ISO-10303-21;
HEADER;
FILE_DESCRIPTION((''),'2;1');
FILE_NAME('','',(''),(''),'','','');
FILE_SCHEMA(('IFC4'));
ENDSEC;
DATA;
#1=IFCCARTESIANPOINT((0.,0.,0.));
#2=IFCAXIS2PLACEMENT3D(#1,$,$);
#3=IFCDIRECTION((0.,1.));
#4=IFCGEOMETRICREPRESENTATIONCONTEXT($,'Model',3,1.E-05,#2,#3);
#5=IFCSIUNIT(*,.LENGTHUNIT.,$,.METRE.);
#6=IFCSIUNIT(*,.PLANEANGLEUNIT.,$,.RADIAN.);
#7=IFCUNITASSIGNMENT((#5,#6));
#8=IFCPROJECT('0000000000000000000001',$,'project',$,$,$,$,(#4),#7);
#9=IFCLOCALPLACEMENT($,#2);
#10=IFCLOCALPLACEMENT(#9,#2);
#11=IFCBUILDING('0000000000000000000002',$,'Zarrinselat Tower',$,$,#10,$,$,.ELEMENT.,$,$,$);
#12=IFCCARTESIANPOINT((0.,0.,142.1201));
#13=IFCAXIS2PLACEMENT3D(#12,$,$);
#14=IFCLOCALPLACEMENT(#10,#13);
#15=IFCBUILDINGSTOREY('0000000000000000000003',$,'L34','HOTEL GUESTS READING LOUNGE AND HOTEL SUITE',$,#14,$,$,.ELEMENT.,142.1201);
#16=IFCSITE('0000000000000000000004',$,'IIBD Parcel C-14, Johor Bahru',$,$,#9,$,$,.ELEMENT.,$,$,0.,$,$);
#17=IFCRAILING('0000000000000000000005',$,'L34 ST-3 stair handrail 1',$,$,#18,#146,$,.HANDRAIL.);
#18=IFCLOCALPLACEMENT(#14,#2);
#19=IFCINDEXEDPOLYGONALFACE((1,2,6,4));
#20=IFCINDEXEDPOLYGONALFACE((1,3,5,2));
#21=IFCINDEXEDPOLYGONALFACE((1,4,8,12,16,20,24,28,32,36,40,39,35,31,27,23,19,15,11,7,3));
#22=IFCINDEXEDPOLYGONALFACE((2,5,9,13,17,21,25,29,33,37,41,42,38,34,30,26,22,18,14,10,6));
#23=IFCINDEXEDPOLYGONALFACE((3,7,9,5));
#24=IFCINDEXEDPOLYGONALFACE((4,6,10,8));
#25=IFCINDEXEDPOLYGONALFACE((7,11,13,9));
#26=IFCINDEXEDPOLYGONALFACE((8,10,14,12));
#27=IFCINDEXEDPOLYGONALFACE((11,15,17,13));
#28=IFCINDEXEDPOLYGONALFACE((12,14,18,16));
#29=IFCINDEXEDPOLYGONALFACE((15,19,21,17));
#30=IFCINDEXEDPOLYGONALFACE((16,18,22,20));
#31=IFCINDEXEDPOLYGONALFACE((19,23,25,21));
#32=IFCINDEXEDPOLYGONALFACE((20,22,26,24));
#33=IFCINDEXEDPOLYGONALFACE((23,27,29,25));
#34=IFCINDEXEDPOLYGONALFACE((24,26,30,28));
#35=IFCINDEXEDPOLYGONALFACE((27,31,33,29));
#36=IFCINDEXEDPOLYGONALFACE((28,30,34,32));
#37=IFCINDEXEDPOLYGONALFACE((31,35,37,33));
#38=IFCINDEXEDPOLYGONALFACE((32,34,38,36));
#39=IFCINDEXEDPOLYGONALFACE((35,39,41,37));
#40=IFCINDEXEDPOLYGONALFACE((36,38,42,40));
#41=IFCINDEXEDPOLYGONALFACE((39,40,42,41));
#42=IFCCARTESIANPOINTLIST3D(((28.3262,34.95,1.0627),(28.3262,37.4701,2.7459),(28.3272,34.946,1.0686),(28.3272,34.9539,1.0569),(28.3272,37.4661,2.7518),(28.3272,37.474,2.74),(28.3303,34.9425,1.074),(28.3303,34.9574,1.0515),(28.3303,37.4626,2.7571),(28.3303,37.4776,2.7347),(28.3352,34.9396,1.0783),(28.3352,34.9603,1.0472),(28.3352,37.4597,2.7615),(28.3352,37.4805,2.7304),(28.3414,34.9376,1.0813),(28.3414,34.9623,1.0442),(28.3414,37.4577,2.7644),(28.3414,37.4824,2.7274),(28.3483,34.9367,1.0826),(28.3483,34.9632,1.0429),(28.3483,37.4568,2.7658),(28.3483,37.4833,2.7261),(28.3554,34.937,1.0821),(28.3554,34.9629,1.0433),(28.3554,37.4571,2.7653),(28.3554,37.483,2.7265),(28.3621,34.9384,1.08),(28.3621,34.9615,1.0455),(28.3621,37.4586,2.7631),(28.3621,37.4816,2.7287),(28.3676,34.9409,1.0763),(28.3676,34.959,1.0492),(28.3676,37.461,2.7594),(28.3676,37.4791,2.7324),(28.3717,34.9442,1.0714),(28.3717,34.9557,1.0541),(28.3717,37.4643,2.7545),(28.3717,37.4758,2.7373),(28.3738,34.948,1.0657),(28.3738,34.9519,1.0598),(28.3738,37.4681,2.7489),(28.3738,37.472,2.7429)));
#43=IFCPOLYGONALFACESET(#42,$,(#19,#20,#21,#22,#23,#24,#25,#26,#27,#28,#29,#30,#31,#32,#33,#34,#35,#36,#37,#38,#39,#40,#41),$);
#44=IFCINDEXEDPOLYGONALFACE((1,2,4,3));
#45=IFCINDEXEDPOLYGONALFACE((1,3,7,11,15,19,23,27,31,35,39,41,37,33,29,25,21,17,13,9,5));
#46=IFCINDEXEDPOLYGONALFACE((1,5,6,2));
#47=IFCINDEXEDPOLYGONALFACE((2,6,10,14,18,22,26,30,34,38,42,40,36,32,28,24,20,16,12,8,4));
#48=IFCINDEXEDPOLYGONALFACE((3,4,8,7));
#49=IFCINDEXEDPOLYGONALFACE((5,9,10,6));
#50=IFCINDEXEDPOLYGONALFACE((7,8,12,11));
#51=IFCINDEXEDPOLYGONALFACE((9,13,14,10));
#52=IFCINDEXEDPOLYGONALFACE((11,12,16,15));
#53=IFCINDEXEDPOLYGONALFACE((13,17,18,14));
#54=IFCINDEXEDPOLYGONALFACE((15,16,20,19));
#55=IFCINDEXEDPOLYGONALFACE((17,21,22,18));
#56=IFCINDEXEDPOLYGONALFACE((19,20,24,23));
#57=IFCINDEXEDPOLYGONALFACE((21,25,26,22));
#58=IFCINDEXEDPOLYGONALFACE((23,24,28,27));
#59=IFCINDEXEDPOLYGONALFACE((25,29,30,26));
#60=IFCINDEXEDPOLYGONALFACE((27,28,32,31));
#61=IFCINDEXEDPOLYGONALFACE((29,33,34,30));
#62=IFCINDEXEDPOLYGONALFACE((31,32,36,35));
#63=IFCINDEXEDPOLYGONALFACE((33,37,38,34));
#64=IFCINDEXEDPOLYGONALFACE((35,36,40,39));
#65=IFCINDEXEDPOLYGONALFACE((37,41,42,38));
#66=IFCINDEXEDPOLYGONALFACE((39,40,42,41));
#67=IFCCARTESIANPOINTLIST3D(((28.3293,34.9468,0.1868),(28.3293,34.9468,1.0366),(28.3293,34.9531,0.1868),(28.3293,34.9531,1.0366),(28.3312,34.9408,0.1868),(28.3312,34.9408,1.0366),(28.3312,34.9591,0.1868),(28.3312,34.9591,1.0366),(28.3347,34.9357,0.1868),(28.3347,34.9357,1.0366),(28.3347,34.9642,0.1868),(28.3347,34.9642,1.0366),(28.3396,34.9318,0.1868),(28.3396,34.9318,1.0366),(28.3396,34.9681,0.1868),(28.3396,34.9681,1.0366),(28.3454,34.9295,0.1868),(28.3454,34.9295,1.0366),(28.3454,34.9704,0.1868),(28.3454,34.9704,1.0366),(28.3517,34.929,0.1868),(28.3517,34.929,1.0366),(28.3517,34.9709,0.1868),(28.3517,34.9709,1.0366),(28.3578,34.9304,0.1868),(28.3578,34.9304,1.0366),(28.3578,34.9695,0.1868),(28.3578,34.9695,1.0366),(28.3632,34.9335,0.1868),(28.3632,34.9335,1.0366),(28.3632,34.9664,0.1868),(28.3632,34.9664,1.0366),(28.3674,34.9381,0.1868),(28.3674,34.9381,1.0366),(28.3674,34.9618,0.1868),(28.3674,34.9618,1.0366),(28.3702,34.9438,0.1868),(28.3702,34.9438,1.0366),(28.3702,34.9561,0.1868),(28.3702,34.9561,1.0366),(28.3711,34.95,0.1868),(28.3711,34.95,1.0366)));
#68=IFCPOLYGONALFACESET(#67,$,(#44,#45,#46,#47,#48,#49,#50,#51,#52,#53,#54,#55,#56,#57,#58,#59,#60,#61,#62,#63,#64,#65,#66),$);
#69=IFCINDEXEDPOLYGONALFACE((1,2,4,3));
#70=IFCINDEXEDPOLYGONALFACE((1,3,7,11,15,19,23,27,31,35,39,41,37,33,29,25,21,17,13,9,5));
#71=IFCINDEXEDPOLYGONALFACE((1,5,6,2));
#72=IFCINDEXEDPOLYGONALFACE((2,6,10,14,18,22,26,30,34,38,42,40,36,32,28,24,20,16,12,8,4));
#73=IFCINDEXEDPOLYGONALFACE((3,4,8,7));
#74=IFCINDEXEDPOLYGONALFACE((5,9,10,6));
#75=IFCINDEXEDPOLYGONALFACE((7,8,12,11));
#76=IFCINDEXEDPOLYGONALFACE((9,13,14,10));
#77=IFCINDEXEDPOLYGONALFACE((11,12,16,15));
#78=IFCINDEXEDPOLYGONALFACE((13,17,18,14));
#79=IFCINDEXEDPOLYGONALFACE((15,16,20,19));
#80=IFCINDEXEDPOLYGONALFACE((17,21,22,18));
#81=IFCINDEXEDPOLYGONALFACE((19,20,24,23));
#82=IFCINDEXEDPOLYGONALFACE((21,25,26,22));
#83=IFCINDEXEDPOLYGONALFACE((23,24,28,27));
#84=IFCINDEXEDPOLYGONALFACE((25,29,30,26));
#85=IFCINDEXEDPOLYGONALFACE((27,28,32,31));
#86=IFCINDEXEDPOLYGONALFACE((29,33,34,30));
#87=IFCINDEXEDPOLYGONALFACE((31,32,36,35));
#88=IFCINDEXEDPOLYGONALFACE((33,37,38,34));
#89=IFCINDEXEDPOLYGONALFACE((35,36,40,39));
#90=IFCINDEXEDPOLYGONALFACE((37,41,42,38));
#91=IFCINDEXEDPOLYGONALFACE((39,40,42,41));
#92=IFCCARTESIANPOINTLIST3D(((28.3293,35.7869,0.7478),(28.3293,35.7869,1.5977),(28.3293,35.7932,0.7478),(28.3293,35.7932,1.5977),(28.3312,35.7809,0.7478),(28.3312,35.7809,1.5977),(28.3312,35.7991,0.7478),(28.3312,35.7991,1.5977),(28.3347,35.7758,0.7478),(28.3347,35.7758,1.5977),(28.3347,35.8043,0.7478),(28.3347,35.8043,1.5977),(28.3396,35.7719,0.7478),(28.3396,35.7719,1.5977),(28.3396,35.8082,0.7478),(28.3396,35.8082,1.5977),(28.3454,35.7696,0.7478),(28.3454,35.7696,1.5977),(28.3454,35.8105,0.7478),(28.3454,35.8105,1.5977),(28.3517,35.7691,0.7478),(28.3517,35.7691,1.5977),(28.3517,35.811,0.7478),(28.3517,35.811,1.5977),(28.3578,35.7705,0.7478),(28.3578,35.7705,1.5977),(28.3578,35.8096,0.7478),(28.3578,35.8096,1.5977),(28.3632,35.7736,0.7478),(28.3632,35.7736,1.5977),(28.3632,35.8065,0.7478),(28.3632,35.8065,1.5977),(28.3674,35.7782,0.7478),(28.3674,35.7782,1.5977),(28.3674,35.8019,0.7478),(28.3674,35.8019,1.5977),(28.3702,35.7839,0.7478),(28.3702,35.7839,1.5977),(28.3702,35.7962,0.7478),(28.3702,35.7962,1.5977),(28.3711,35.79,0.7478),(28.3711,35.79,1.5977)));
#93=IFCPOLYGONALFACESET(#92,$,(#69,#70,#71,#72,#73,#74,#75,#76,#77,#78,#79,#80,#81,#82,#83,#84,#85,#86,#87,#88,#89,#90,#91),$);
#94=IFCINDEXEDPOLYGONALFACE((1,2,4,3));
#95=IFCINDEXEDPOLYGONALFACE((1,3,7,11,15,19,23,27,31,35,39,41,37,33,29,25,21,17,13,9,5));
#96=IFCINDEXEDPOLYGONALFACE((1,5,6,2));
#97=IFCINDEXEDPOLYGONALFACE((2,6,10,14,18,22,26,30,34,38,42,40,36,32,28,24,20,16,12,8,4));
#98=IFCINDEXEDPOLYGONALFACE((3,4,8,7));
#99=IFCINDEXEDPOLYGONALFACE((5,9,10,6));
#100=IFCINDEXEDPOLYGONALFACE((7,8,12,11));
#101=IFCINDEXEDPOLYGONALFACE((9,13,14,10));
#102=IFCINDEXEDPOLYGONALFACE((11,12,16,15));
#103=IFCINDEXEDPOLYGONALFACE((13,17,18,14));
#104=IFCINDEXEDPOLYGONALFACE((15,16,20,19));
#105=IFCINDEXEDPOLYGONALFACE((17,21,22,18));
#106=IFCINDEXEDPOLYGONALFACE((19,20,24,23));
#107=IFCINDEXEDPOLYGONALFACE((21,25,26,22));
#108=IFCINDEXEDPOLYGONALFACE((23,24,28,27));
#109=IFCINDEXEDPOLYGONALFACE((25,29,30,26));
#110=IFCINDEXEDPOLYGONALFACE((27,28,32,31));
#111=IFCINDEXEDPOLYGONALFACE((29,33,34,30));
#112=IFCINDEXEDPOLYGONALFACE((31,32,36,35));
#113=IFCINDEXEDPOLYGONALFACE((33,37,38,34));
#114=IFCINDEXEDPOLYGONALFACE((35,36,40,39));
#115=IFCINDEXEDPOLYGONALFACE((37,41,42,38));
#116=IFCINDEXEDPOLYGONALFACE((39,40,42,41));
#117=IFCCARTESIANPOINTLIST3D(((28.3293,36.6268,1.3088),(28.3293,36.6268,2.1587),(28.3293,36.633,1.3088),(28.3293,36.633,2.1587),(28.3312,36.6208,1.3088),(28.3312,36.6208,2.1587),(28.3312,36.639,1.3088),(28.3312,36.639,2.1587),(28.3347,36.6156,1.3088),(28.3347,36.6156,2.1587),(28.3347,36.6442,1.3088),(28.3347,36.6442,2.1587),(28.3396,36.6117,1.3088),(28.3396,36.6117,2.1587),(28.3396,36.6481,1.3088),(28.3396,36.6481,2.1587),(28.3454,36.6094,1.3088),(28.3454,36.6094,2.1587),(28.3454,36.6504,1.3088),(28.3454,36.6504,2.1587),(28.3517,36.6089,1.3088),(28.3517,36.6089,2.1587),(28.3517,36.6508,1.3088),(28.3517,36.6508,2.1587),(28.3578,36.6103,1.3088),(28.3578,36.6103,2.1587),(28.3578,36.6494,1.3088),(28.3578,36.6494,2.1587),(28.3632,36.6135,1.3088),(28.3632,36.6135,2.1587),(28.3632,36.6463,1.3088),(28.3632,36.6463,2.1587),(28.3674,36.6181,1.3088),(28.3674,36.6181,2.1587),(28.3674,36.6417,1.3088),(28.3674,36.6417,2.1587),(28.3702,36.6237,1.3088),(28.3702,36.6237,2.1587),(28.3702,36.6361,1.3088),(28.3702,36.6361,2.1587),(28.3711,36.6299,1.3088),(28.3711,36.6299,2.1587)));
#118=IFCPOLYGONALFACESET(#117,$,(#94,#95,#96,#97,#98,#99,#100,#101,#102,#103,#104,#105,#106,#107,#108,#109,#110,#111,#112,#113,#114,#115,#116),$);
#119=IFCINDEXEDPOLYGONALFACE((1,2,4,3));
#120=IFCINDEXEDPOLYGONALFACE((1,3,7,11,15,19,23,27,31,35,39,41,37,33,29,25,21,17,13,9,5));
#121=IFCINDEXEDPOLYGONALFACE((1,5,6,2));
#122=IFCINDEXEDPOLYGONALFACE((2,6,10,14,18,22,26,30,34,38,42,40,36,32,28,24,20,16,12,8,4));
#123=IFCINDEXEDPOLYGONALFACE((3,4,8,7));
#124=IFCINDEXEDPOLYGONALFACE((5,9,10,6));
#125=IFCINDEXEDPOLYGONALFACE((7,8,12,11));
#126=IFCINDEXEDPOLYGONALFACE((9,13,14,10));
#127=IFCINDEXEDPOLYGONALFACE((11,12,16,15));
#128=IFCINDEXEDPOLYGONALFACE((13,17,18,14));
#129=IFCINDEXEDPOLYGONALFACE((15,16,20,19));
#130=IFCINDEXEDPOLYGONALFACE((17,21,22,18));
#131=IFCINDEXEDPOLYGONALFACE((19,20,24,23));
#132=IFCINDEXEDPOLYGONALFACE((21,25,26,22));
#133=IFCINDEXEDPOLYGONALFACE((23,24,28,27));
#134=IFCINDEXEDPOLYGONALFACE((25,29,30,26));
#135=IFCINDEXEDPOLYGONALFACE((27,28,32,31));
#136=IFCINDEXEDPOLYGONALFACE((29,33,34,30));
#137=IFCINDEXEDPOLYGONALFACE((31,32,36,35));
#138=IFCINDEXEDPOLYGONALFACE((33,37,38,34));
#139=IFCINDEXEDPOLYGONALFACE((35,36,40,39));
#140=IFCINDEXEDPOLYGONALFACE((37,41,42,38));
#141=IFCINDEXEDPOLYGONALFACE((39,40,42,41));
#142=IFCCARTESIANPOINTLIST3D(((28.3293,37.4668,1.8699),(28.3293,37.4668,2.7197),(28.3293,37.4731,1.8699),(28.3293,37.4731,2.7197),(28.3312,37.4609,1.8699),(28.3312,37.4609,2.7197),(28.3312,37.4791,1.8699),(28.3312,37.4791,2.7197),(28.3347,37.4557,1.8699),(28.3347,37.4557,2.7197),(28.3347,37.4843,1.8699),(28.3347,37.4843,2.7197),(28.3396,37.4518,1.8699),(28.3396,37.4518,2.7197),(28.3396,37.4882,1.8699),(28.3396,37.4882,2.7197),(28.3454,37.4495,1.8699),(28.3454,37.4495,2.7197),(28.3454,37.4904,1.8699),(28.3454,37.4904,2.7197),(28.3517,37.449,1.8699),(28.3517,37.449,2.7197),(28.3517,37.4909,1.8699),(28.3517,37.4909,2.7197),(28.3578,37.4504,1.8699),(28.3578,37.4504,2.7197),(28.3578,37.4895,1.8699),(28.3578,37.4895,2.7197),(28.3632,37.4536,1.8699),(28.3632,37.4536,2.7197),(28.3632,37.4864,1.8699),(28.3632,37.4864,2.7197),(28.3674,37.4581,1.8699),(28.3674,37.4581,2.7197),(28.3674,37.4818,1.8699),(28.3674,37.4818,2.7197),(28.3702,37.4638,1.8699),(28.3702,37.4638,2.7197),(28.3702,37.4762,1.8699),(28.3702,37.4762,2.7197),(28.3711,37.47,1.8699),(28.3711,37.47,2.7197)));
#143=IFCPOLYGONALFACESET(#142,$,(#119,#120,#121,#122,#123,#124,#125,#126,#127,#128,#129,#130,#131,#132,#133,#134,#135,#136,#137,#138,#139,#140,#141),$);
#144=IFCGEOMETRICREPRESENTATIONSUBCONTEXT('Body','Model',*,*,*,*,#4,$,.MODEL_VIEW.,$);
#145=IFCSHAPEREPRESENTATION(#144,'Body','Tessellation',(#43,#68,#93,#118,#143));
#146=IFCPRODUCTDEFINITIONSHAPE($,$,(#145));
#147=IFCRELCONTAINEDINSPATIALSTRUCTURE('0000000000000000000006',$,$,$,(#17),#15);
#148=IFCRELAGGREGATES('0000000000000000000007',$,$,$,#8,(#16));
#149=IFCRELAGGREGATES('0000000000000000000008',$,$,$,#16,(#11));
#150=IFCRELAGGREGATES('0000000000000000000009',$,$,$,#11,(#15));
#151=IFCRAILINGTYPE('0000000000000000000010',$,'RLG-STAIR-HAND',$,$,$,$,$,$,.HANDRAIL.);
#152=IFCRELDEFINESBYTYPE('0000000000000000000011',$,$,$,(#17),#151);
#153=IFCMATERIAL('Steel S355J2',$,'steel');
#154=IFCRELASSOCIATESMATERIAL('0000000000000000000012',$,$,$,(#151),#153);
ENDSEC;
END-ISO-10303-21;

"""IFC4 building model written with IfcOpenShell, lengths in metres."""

from ifc_helpers import new_model, si_unit, direction, frame, origin, origin_2d, place, context, subcontext, project, spatial, circle, extrude, material, type_object, element, save


model = new_model("IFC4")

# Units and contexts
model_context = context("Model", 3, precision=1e-05, world=origin(), true_north=direction((0.0, 1.0)))
body_context = subcontext(model_context, "Body", "Model", "MODEL_VIEW")
ifc_project = project(units=[si_unit("LENGTHUNIT", "METRE"), si_unit("PLANEANGLEUNIT", "RADIAN")], contexts=[model_context])

# Site, building, storey
site_placement = place(None, origin())
site = spatial("IfcSite", under=ifc_project, at=site_placement, Name="IIBD Parcel C-14, Johor Bahru", CompositionType="ELEMENT", RefElevation=0.0)
building_placement = place(site_placement, origin())
building = spatial("IfcBuilding", under=site, at=building_placement, Name="Zarrinselat Tower", CompositionType="ELEMENT")
storey_placement = place(building_placement, frame((0.0, 0.0, 142.1201)))
storey = spatial("IfcBuildingStorey", under=building, at=storey_placement, Name="L34", Description="HOTEL GUESTS READING LOUNGE AND HOTEL SUITE", CompositionType="ELEMENT", Elevation=142.1201)

# Railing
ifc_material_1 = material(Name="Steel S355J2", Category="steel")
railing_type_1 = type_object("IfcRailingType", Name="RLG-STAIR-HAND", PredefinedType="HANDRAIL", material=ifc_material_1)
railing_1_placement = place(storey_placement, frame((28.3501, 34.95, 0.1868)))
element("IfcRailing", 1, at=railing_1_placement, inside=storey, type_object=railing_type_1, Name="L34 ST-3 stair handrail 1", PredefinedType="HANDRAIL", context=body_context, shape_type="SweptSolid", body=[
    extrude(circle(Radius=0.0239, at=origin_2d()), frame((0.0, 0.0, 0.876), z_axis=(0.0, 0.831579, 0.555406), x_axis=(-1.0, 0.0, 0.0)), (0.0, 0.0, 1.0), 3.0305),
    extrude(circle(Radius=0.021, at=origin_2d()), origin(), (0.0, 0.0, 1.0), 0.8499),
    extrude(circle(Radius=0.021, at=origin_2d()), frame((0.0, 0.8401, 0.561)), (0.0, 0.0, 1.0), 0.8499),
    extrude(circle(Radius=0.021, at=origin_2d()), frame((0.0, 1.6799, 1.1221)), (0.0, 0.0, 1.0), 0.8499),
    extrude(circle(Radius=0.021, at=origin_2d()), frame((0.0, 2.52, 1.6831)), (0.0, 0.0, 1.0), 0.8499),
])

save(model, "model.ifc")
